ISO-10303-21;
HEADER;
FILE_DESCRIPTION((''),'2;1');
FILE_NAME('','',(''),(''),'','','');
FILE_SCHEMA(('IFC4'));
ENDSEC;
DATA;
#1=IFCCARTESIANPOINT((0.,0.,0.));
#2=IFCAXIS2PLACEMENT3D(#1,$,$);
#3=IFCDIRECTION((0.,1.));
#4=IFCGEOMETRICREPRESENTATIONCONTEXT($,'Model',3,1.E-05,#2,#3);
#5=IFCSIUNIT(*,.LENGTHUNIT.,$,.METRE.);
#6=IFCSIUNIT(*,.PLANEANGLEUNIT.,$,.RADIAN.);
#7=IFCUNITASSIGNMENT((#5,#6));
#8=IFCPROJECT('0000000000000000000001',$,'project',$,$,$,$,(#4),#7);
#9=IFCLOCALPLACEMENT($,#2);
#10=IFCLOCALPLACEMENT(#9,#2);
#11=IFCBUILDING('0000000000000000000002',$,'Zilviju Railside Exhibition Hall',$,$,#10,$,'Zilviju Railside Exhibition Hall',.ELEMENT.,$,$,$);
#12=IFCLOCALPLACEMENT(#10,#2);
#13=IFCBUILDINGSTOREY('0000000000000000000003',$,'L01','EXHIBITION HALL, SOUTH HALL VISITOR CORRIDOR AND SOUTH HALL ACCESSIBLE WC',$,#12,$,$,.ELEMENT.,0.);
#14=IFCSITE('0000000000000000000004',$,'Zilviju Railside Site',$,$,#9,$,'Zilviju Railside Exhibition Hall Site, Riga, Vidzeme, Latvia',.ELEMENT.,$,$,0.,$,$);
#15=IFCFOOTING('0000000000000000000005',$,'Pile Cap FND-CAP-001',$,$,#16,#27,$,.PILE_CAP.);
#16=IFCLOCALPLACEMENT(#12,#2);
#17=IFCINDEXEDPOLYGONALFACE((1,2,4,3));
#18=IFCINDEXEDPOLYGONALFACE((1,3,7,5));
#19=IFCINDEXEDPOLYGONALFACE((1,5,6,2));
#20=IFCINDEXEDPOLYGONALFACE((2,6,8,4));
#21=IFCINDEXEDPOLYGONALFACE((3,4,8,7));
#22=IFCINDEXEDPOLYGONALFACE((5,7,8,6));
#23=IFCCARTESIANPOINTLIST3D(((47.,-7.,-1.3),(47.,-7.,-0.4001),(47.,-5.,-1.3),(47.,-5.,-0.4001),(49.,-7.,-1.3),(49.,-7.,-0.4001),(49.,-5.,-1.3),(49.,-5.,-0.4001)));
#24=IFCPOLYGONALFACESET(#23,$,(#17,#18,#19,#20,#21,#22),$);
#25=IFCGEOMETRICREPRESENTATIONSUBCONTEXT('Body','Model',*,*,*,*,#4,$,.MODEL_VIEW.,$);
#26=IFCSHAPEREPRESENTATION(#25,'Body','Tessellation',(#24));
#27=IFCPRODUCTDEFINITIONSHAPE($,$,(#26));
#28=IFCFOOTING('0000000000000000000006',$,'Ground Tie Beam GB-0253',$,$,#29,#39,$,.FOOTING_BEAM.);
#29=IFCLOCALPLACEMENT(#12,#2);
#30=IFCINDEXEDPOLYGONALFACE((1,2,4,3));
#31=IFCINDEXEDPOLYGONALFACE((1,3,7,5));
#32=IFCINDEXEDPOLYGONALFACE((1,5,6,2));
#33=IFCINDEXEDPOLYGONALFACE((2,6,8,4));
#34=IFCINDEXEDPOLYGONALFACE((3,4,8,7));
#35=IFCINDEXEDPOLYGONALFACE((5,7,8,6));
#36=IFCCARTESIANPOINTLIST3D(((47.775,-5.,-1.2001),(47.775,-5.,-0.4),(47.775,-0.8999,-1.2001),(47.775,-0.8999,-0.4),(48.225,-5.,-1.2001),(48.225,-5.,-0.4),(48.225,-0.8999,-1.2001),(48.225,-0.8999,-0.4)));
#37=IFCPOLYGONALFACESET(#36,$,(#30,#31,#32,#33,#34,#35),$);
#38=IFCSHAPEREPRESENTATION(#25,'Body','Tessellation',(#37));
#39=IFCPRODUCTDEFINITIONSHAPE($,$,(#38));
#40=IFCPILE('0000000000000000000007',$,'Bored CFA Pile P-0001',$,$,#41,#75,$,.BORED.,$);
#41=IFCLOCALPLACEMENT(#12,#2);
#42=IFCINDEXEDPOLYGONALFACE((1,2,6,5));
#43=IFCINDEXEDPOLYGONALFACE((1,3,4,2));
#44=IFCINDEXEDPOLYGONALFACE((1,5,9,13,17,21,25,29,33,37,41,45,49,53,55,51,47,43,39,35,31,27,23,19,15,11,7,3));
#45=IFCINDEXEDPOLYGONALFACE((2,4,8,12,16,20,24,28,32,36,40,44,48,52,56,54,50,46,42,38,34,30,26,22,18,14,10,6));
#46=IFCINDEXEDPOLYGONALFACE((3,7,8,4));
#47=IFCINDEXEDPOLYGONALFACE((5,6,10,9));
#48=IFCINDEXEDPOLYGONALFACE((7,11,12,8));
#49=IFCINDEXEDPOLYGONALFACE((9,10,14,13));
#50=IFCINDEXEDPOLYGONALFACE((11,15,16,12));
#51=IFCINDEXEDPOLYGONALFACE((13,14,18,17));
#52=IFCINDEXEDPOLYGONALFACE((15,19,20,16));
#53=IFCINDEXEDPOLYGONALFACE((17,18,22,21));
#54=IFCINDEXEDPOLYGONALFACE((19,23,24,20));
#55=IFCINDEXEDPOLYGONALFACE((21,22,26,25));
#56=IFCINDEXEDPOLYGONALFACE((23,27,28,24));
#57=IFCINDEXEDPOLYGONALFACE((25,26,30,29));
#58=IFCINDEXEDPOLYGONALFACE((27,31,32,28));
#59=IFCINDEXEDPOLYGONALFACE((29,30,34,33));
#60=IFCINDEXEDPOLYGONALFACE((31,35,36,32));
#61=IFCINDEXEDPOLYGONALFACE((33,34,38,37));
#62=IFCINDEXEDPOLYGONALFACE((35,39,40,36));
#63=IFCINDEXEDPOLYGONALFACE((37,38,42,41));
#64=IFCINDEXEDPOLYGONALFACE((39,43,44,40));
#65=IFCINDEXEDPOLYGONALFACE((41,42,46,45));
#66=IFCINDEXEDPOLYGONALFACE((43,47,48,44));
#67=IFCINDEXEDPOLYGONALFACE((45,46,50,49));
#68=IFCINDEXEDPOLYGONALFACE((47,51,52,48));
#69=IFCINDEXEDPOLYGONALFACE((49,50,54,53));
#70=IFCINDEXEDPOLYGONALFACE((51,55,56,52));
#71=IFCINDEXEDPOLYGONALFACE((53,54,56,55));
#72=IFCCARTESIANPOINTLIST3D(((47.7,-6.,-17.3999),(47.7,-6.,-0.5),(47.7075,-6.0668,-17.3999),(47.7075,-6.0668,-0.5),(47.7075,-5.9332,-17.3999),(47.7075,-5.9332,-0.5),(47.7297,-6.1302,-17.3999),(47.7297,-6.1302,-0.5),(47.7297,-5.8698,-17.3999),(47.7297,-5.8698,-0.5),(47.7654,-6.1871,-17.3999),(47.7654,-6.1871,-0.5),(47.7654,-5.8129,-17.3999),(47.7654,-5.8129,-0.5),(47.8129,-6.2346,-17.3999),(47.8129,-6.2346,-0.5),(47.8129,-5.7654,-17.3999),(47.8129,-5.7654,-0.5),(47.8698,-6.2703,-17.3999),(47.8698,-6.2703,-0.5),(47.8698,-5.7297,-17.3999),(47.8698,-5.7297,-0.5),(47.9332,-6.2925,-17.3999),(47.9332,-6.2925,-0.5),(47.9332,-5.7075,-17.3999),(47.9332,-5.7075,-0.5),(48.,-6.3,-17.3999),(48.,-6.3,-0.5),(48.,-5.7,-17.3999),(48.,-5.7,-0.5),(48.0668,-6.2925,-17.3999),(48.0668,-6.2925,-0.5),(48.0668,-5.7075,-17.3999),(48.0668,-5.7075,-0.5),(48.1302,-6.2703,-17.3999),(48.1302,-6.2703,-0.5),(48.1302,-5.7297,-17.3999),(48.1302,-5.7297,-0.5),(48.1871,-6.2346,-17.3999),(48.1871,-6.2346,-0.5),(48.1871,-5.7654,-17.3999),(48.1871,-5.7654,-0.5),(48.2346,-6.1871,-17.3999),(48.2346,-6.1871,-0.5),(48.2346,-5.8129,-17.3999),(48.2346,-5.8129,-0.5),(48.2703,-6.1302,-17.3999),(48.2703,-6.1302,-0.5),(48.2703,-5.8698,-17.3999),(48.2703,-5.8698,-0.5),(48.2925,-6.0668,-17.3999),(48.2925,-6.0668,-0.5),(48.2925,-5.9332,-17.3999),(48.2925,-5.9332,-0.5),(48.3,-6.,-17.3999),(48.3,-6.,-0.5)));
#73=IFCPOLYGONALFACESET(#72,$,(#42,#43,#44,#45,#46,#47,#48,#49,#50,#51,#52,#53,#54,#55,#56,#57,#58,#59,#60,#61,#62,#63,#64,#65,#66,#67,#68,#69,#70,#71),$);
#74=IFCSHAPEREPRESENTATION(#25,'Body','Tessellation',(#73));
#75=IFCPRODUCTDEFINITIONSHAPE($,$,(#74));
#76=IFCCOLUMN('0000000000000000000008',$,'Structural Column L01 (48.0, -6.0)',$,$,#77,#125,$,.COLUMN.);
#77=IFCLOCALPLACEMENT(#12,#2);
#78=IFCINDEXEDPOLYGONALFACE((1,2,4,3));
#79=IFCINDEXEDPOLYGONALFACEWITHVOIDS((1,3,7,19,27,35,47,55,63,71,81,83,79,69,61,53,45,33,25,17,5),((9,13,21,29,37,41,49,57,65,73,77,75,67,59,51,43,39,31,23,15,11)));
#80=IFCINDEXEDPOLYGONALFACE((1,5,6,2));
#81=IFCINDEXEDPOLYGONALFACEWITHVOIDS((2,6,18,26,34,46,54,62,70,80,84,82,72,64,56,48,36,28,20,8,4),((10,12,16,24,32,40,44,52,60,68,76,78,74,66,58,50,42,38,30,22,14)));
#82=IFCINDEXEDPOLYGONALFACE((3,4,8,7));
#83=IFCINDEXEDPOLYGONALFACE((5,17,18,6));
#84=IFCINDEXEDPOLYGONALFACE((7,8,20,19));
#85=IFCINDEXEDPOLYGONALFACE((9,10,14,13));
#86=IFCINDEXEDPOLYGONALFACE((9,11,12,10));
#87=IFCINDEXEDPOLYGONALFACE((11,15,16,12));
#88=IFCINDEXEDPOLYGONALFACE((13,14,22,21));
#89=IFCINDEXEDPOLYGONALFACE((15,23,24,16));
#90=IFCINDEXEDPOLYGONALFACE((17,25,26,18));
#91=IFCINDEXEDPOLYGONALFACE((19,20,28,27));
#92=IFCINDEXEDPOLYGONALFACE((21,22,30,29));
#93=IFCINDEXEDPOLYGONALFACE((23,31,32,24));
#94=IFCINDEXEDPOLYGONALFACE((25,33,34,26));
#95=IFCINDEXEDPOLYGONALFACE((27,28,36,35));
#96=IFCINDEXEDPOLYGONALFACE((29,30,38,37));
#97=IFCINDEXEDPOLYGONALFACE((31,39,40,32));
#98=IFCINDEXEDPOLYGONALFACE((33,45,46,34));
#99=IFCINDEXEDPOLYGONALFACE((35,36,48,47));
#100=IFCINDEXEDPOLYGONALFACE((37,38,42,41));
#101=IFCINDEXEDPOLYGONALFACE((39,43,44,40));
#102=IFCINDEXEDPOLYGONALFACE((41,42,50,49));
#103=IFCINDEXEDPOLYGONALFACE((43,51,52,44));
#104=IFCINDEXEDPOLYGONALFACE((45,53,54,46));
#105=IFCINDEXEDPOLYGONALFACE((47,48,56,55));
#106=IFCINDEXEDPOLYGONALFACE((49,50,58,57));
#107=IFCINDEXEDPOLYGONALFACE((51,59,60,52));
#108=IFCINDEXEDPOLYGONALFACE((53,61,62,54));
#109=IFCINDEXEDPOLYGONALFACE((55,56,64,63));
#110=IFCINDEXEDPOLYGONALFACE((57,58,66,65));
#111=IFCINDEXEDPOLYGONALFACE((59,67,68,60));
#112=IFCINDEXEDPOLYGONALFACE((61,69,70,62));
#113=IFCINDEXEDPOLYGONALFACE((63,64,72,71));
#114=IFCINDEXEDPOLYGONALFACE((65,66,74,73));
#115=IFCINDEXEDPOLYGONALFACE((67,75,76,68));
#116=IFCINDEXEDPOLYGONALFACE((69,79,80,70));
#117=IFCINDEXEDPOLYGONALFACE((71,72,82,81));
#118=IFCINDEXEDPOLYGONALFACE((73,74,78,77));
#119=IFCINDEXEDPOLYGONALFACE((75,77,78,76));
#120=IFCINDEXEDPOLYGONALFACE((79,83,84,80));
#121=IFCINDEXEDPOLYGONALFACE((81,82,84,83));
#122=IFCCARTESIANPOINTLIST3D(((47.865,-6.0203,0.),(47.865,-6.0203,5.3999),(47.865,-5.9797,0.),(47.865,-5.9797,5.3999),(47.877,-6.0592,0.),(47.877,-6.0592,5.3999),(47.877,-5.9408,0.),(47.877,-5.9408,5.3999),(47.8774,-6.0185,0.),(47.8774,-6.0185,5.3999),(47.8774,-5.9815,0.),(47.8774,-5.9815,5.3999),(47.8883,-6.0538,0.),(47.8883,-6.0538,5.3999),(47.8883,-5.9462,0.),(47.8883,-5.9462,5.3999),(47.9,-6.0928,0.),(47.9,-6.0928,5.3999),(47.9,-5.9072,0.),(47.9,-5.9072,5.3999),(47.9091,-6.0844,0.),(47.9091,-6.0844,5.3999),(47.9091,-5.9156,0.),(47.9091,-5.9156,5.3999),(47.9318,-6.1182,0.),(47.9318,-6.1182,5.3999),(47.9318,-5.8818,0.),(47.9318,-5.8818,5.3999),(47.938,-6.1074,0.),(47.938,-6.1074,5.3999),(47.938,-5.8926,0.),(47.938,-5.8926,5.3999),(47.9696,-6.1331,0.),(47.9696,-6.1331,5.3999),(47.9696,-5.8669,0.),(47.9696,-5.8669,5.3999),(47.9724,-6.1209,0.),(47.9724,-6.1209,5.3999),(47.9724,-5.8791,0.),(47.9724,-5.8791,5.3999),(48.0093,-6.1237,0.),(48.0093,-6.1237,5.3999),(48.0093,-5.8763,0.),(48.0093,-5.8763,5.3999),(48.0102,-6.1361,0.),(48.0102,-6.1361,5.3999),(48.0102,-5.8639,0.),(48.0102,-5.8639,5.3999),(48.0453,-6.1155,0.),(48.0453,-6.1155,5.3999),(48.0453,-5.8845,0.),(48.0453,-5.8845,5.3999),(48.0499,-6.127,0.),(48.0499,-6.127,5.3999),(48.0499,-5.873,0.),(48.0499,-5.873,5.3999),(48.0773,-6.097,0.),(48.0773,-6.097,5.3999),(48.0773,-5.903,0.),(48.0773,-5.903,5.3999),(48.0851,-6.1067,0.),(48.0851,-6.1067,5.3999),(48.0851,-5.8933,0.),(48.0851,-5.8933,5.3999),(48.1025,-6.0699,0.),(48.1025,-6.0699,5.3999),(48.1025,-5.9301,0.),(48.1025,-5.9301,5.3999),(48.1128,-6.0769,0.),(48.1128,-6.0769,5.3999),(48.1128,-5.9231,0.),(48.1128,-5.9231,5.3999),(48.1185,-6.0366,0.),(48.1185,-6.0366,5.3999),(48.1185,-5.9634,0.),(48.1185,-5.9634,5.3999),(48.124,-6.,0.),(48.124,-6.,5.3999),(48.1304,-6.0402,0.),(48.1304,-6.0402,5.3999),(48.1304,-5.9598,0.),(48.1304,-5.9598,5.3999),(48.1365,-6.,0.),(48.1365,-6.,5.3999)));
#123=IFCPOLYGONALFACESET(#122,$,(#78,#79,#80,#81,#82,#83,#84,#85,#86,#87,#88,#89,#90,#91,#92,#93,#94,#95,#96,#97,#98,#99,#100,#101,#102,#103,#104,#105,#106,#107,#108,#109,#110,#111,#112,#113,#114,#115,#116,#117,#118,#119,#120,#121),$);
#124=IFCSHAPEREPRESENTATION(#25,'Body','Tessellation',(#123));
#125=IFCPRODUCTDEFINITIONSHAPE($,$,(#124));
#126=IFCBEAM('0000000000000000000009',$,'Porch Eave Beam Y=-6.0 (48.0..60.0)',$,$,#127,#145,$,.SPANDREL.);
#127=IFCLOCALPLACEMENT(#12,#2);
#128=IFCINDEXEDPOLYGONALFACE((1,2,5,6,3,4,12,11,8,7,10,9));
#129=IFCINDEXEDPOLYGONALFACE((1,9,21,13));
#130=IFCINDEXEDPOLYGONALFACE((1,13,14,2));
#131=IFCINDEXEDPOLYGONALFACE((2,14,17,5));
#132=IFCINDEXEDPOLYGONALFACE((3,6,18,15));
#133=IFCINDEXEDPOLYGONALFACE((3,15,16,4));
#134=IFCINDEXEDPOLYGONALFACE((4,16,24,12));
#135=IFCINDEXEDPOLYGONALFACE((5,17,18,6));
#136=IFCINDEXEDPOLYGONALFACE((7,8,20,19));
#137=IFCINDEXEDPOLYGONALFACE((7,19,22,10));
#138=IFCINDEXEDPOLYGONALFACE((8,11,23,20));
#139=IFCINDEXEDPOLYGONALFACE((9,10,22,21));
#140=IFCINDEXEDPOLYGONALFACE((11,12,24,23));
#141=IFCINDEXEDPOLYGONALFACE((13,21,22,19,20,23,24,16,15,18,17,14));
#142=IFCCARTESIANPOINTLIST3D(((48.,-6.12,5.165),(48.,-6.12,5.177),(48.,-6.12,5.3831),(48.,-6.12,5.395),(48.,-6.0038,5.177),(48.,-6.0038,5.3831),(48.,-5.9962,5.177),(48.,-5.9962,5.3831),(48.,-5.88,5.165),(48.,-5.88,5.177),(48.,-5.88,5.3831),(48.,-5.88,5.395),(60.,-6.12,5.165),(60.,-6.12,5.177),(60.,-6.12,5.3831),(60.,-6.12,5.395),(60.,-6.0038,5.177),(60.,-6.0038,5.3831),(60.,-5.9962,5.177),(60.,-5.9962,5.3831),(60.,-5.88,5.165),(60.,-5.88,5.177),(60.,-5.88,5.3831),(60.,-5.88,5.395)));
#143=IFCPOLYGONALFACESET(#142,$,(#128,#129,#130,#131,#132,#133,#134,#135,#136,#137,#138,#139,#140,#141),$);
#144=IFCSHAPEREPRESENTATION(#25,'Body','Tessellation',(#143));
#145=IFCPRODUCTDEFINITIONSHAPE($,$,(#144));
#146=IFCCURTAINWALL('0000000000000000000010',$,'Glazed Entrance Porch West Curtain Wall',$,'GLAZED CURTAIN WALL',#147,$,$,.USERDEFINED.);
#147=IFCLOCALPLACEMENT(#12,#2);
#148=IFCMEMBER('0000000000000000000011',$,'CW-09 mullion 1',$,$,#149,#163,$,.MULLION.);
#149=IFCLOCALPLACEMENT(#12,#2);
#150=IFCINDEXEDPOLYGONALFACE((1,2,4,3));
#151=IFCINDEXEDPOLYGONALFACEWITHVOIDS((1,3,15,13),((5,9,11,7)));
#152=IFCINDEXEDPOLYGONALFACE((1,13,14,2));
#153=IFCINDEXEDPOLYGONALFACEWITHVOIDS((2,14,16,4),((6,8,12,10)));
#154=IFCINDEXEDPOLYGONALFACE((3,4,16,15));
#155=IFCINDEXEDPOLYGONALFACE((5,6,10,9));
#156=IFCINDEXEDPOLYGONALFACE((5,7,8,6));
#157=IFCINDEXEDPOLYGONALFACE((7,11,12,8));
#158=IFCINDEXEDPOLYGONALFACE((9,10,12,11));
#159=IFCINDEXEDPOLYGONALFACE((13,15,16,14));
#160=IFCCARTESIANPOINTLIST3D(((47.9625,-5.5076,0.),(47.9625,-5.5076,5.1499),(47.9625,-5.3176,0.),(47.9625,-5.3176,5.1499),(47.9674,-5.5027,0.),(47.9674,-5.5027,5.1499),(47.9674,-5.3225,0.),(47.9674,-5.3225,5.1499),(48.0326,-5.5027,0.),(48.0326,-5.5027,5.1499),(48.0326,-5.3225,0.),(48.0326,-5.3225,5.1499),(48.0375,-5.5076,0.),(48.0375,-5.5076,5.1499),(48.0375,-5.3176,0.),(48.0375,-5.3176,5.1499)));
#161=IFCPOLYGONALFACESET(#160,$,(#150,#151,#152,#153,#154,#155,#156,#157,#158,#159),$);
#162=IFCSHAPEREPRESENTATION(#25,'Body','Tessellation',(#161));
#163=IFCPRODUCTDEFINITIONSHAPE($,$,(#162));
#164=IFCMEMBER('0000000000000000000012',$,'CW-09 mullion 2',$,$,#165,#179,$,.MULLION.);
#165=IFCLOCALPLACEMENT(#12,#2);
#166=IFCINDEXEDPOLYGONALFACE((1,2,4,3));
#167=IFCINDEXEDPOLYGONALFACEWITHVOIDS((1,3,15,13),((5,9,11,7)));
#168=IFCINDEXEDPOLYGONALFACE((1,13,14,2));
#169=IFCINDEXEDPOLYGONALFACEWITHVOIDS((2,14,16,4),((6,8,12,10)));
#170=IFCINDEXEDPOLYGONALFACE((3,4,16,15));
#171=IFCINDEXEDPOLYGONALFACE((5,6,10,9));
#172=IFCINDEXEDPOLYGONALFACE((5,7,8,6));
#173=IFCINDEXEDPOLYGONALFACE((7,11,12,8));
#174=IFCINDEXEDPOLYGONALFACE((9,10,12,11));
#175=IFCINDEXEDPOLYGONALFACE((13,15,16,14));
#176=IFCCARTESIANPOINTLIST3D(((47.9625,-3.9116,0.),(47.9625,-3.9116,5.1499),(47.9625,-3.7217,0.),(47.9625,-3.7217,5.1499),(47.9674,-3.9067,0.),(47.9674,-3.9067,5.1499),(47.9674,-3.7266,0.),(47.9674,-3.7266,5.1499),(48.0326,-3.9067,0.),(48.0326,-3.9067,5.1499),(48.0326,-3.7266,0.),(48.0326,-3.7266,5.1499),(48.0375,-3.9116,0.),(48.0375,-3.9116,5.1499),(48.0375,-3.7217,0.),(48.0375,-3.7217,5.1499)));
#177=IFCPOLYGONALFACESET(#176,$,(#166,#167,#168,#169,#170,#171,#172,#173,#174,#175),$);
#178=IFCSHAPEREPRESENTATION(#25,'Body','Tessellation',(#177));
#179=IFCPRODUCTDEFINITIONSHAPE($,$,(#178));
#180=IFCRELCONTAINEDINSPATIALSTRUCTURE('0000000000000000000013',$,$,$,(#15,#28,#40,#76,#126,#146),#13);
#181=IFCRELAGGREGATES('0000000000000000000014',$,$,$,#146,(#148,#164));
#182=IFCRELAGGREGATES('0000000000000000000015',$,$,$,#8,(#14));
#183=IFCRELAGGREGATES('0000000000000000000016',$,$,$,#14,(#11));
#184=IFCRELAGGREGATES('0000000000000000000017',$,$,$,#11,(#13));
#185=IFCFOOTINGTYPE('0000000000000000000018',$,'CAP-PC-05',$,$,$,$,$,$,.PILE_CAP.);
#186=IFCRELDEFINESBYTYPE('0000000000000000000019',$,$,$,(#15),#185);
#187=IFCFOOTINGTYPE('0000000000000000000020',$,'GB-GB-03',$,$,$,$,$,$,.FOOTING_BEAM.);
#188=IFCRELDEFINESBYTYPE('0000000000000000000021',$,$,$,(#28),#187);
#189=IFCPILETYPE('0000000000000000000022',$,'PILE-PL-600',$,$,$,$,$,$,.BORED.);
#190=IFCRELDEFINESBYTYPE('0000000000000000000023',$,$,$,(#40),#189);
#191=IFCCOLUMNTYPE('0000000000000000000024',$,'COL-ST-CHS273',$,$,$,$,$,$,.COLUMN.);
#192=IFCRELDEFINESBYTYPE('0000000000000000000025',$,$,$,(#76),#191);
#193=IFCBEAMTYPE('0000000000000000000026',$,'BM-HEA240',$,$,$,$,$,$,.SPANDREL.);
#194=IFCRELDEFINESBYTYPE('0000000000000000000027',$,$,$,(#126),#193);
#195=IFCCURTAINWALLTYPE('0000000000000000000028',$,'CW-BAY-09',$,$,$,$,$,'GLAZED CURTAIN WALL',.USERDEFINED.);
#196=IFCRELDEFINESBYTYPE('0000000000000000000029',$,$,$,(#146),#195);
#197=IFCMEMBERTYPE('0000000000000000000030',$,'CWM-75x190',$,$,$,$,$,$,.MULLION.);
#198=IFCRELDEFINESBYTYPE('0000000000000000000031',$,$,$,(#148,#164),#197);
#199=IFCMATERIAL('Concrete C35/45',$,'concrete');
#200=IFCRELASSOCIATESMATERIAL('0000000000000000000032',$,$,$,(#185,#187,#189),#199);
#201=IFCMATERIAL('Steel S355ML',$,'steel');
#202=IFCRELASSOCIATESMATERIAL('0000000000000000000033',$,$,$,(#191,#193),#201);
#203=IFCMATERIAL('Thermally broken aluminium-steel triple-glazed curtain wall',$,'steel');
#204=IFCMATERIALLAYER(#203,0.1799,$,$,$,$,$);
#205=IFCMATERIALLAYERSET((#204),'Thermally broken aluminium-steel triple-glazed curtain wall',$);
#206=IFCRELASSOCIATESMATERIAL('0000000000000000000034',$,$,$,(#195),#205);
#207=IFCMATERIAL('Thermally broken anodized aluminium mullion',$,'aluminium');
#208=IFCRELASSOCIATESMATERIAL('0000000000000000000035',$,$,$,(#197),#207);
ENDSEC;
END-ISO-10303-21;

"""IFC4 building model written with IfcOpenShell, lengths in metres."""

from ifc_helpers import new_model, si_unit, direction, frame, origin, origin_2d, place, context, subcontext, project, spatial, rectangle, hollow_rectangle, circle, hollow_circle, i_section, extrude, material, layer, layer_set, material_profile, profile_set, type_object, element, aggregate, save


model = new_model("IFC4")

# Units and contexts
model_context = context("Model", 3, precision=1e-05, world=origin(), true_north=direction((0.0, 1.0)))
body_context = subcontext(model_context, "Body", "Model", "MODEL_VIEW")
ifc_project = project(units=[si_unit("LENGTHUNIT", "METRE"), si_unit("PLANEANGLEUNIT", "RADIAN")], contexts=[model_context])

# Site, building, storey
site_placement = place(None, origin())
site = spatial("IfcSite", under=ifc_project, at=site_placement, Name="Zilviju Railside Site", LongName="Zilviju Railside Exhibition Hall Site, Riga, Vidzeme, Latvia", CompositionType="ELEMENT", RefElevation=0.0)
building_placement = place(site_placement, origin())
building = spatial("IfcBuilding", under=site, at=building_placement, Name="Zilviju Railside Exhibition Hall", LongName="Zilviju Railside Exhibition Hall", CompositionType="ELEMENT")
storey_placement = place(building_placement, origin())
storey = spatial("IfcBuildingStorey", under=building, at=storey_placement, Name="L01", Description="EXHIBITION HALL, SOUTH HALL VISITOR CORRIDOR AND SOUTH HALL ACCESSIBLE WC", CompositionType="ELEMENT", Elevation=0.0)

# Footings
ifc_material_1 = material(Name="Concrete C35/45", Category="concrete")
footing_type_1 = type_object("IfcFootingType", Name="CAP-PC-05", PredefinedType="PILE_CAP", material=ifc_material_1)
footing_1_placement = place(storey_placement, frame((48.0, -6.0, -1.3), z_axis=(0.0, 0.0, 1.0), x_axis=(1.0, 0.0, 0.0)))
element("IfcFooting", 1, at=footing_1_placement, inside=storey, type_object=footing_type_1, Name="Pile Cap FND-CAP-001", PredefinedType="PILE_CAP", context=body_context, shape_type="SweptSolid", body=[
    extrude(rectangle(XDim=2.0, YDim=2.0, at=origin_2d()), origin(), (0.0, 0.0, 1.0), 0.8999),
])
ifc_material_profile_1 = material_profile(ifc_material_1, rectangle(XDim=0.45, YDim=0.8, at=origin_2d()), Name="TIE BEAM 450x800")
ifc_profile_set_1 = profile_set([ifc_material_profile_1], Name="Concrete C35/45")
footing_type_2 = type_object("IfcFootingType", Name="GB-GB-03", PredefinedType="FOOTING_BEAM", material=ifc_profile_set_1)
footing_2_placement = place(storey_placement, frame((48.0, -5.0, -0.8), z_axis=(0.0, 1.0, 0.0), x_axis=(-1.0, 0.0, 0.0)))
element("IfcFooting", 2, at=footing_2_placement, inside=storey, type_object=footing_type_2, Name="Ground Tie Beam GB-0253", PredefinedType="FOOTING_BEAM", context=body_context, shape_type="SweptSolid", body=[
    extrude(rectangle(XDim=0.45, YDim=0.8, at=origin_2d()), origin(), (0.0, 0.0, 1.0), 4.1001),
])

# Pile
ifc_material_profile_2 = material_profile(ifc_material_1, circle(Radius=0.3, at=origin_2d()), Name="CFA PILE D600")
ifc_profile_set_2 = profile_set([ifc_material_profile_2], Name="Concrete C35/45")
pile_type = type_object("IfcPileType", Name="PILE-PL-600", PredefinedType="BORED", material=ifc_profile_set_2)
pile_placement = place(storey_placement, frame((48.0, -6.0, -0.5), z_axis=(0.0, 0.0, -1.0), x_axis=(1.0, 0.0, 0.0)))
element("IfcPile", 3, at=pile_placement, inside=storey, type_object=pile_type, Name="Bored CFA Pile P-0001", PredefinedType="BORED", context=body_context, shape_type="SweptSolid", body=[
    extrude(circle(Radius=0.3, at=origin_2d()), origin(), (0.0, 0.0, 1.0), 16.8999),
])

# Column
ifc_material_2 = material(Name="Steel S355ML", Category="steel")
ifc_material_profile_3 = material_profile(ifc_material_2, hollow_circle(Radius=0.1365, WallThickness=0.0125, at=origin_2d()), Name="CHS 273.0x12.5")
ifc_profile_set_3 = profile_set([ifc_material_profile_3], Name="Steel S355ML")
column_type = type_object("IfcColumnType", Name="COL-ST-CHS273", PredefinedType="COLUMN", material=ifc_profile_set_3)
column_placement = place(storey_placement, frame((48.0, -6.0, 0.0), z_axis=(0.0, 0.0, 1.0), x_axis=(1.0, 0.0, 0.0)))
element("IfcColumn", 4, at=column_placement, inside=storey, type_object=column_type, Name="Structural Column L01 (48.0, -6.0)", PredefinedType="COLUMN", context=body_context, shape_type="SweptSolid", body=[
    extrude(hollow_circle(Radius=0.1365, WallThickness=0.0125, at=origin_2d()), origin(), (0.0, 0.0, 1.0), 5.3999),
])

# Beam
ifc_material_profile_4 = material_profile(ifc_material_2, i_section(OverallWidth=0.24, OverallDepth=0.23, WebThickness=0.0076, FlangeThickness=0.012, at=origin_2d()), Name="HEA 240")
ifc_profile_set_4 = profile_set([ifc_material_profile_4], Name="Steel S355ML")
beam_type = type_object("IfcBeamType", Name="BM-HEA240", PredefinedType="SPANDREL", material=ifc_profile_set_4)
beam_placement = place(storey_placement, frame((48.0, -6.0, 5.28), z_axis=(1.0, 0.0, 0.0), x_axis=(0.0, 1.0, 0.0)))
element("IfcBeam", 5, at=beam_placement, inside=storey, type_object=beam_type, Name="Porch Eave Beam Y=-6.0 (48.0..60.0)", PredefinedType="SPANDREL", context=body_context, shape_type="SweptSolid", body=[
    extrude(i_section(OverallWidth=0.24, OverallDepth=0.23, WebThickness=0.0076, FlangeThickness=0.012, at=origin_2d()), origin(), (0.0, 0.0, 1.0), 12.0),
])

# Curtain wall, members
ifc_material_3 = material(Name="Thermally broken aluminium-steel triple-glazed curtain wall", Category="steel")
ifc_layer_1 = layer(ifc_material_3, 0.1799)
ifc_layer_set_1 = layer_set([ifc_layer_1], Name="Thermally broken aluminium-steel triple-glazed curtain wall")
curtain_wall_type = type_object("IfcCurtainWallType", Name="CW-BAY-09", ElementType="GLAZED CURTAIN WALL", PredefinedType="USERDEFINED", material=ifc_layer_set_1)
curtain_wall_placement = place(storey_placement, origin())
curtain_wall = element("IfcCurtainWall", 6, at=curtain_wall_placement, inside=storey, type_object=curtain_wall_type, Name="Glazed Entrance Porch West Curtain Wall", ObjectType="GLAZED CURTAIN WALL", PredefinedType="USERDEFINED")
ifc_material_4 = material(Name="Thermally broken anodized aluminium mullion", Category="aluminium")
ifc_material_profile_5 = material_profile(ifc_material_4, hollow_rectangle(XDim=0.075, YDim=0.1899, WallThickness=0.0049, at=origin_2d()), Name="MULLION 190x75x5")
ifc_profile_set_5 = profile_set([ifc_material_profile_5], Name="Thermally broken anodized aluminium mullion")
member_type_1 = type_object("IfcMemberType", Name="CWM-75x190", PredefinedType="MULLION", material=ifc_profile_set_5)
member_1_placement = place(storey_placement, frame((48.0, -5.4126, 0.0), z_axis=(0.0, 0.0, 1.0), x_axis=(-1.0, 0.0, 0.0)))
member_1 = element("IfcMember", 7, at=member_1_placement, type_object=member_type_1, Name="CW-09 mullion 1", PredefinedType="MULLION", context=body_context, shape_type="SweptSolid", body=[
    extrude(hollow_rectangle(XDim=0.075, YDim=0.1899, WallThickness=0.0049, at=origin_2d()), origin(), (0.0, 0.0, 1.0), 5.1499),
])
member_2_placement = place(storey_placement, frame((48.0, -3.8167, 0.0), z_axis=(0.0, 0.0, 1.0), x_axis=(-1.0, 0.0, 0.0)))
member_2 = element("IfcMember", 8, at=member_2_placement, type_object=member_type_1, Name="CW-09 mullion 2", PredefinedType="MULLION", context=body_context, shape_type="SweptSolid", body=[
    extrude(hollow_rectangle(XDim=0.075, YDim=0.1899, WallThickness=0.0049, at=origin_2d()), origin(), (0.0, 0.0, 1.0), 5.1499),
])

aggregate(curtain_wall, [member_1, member_2])

save(model, "model.ifc")
